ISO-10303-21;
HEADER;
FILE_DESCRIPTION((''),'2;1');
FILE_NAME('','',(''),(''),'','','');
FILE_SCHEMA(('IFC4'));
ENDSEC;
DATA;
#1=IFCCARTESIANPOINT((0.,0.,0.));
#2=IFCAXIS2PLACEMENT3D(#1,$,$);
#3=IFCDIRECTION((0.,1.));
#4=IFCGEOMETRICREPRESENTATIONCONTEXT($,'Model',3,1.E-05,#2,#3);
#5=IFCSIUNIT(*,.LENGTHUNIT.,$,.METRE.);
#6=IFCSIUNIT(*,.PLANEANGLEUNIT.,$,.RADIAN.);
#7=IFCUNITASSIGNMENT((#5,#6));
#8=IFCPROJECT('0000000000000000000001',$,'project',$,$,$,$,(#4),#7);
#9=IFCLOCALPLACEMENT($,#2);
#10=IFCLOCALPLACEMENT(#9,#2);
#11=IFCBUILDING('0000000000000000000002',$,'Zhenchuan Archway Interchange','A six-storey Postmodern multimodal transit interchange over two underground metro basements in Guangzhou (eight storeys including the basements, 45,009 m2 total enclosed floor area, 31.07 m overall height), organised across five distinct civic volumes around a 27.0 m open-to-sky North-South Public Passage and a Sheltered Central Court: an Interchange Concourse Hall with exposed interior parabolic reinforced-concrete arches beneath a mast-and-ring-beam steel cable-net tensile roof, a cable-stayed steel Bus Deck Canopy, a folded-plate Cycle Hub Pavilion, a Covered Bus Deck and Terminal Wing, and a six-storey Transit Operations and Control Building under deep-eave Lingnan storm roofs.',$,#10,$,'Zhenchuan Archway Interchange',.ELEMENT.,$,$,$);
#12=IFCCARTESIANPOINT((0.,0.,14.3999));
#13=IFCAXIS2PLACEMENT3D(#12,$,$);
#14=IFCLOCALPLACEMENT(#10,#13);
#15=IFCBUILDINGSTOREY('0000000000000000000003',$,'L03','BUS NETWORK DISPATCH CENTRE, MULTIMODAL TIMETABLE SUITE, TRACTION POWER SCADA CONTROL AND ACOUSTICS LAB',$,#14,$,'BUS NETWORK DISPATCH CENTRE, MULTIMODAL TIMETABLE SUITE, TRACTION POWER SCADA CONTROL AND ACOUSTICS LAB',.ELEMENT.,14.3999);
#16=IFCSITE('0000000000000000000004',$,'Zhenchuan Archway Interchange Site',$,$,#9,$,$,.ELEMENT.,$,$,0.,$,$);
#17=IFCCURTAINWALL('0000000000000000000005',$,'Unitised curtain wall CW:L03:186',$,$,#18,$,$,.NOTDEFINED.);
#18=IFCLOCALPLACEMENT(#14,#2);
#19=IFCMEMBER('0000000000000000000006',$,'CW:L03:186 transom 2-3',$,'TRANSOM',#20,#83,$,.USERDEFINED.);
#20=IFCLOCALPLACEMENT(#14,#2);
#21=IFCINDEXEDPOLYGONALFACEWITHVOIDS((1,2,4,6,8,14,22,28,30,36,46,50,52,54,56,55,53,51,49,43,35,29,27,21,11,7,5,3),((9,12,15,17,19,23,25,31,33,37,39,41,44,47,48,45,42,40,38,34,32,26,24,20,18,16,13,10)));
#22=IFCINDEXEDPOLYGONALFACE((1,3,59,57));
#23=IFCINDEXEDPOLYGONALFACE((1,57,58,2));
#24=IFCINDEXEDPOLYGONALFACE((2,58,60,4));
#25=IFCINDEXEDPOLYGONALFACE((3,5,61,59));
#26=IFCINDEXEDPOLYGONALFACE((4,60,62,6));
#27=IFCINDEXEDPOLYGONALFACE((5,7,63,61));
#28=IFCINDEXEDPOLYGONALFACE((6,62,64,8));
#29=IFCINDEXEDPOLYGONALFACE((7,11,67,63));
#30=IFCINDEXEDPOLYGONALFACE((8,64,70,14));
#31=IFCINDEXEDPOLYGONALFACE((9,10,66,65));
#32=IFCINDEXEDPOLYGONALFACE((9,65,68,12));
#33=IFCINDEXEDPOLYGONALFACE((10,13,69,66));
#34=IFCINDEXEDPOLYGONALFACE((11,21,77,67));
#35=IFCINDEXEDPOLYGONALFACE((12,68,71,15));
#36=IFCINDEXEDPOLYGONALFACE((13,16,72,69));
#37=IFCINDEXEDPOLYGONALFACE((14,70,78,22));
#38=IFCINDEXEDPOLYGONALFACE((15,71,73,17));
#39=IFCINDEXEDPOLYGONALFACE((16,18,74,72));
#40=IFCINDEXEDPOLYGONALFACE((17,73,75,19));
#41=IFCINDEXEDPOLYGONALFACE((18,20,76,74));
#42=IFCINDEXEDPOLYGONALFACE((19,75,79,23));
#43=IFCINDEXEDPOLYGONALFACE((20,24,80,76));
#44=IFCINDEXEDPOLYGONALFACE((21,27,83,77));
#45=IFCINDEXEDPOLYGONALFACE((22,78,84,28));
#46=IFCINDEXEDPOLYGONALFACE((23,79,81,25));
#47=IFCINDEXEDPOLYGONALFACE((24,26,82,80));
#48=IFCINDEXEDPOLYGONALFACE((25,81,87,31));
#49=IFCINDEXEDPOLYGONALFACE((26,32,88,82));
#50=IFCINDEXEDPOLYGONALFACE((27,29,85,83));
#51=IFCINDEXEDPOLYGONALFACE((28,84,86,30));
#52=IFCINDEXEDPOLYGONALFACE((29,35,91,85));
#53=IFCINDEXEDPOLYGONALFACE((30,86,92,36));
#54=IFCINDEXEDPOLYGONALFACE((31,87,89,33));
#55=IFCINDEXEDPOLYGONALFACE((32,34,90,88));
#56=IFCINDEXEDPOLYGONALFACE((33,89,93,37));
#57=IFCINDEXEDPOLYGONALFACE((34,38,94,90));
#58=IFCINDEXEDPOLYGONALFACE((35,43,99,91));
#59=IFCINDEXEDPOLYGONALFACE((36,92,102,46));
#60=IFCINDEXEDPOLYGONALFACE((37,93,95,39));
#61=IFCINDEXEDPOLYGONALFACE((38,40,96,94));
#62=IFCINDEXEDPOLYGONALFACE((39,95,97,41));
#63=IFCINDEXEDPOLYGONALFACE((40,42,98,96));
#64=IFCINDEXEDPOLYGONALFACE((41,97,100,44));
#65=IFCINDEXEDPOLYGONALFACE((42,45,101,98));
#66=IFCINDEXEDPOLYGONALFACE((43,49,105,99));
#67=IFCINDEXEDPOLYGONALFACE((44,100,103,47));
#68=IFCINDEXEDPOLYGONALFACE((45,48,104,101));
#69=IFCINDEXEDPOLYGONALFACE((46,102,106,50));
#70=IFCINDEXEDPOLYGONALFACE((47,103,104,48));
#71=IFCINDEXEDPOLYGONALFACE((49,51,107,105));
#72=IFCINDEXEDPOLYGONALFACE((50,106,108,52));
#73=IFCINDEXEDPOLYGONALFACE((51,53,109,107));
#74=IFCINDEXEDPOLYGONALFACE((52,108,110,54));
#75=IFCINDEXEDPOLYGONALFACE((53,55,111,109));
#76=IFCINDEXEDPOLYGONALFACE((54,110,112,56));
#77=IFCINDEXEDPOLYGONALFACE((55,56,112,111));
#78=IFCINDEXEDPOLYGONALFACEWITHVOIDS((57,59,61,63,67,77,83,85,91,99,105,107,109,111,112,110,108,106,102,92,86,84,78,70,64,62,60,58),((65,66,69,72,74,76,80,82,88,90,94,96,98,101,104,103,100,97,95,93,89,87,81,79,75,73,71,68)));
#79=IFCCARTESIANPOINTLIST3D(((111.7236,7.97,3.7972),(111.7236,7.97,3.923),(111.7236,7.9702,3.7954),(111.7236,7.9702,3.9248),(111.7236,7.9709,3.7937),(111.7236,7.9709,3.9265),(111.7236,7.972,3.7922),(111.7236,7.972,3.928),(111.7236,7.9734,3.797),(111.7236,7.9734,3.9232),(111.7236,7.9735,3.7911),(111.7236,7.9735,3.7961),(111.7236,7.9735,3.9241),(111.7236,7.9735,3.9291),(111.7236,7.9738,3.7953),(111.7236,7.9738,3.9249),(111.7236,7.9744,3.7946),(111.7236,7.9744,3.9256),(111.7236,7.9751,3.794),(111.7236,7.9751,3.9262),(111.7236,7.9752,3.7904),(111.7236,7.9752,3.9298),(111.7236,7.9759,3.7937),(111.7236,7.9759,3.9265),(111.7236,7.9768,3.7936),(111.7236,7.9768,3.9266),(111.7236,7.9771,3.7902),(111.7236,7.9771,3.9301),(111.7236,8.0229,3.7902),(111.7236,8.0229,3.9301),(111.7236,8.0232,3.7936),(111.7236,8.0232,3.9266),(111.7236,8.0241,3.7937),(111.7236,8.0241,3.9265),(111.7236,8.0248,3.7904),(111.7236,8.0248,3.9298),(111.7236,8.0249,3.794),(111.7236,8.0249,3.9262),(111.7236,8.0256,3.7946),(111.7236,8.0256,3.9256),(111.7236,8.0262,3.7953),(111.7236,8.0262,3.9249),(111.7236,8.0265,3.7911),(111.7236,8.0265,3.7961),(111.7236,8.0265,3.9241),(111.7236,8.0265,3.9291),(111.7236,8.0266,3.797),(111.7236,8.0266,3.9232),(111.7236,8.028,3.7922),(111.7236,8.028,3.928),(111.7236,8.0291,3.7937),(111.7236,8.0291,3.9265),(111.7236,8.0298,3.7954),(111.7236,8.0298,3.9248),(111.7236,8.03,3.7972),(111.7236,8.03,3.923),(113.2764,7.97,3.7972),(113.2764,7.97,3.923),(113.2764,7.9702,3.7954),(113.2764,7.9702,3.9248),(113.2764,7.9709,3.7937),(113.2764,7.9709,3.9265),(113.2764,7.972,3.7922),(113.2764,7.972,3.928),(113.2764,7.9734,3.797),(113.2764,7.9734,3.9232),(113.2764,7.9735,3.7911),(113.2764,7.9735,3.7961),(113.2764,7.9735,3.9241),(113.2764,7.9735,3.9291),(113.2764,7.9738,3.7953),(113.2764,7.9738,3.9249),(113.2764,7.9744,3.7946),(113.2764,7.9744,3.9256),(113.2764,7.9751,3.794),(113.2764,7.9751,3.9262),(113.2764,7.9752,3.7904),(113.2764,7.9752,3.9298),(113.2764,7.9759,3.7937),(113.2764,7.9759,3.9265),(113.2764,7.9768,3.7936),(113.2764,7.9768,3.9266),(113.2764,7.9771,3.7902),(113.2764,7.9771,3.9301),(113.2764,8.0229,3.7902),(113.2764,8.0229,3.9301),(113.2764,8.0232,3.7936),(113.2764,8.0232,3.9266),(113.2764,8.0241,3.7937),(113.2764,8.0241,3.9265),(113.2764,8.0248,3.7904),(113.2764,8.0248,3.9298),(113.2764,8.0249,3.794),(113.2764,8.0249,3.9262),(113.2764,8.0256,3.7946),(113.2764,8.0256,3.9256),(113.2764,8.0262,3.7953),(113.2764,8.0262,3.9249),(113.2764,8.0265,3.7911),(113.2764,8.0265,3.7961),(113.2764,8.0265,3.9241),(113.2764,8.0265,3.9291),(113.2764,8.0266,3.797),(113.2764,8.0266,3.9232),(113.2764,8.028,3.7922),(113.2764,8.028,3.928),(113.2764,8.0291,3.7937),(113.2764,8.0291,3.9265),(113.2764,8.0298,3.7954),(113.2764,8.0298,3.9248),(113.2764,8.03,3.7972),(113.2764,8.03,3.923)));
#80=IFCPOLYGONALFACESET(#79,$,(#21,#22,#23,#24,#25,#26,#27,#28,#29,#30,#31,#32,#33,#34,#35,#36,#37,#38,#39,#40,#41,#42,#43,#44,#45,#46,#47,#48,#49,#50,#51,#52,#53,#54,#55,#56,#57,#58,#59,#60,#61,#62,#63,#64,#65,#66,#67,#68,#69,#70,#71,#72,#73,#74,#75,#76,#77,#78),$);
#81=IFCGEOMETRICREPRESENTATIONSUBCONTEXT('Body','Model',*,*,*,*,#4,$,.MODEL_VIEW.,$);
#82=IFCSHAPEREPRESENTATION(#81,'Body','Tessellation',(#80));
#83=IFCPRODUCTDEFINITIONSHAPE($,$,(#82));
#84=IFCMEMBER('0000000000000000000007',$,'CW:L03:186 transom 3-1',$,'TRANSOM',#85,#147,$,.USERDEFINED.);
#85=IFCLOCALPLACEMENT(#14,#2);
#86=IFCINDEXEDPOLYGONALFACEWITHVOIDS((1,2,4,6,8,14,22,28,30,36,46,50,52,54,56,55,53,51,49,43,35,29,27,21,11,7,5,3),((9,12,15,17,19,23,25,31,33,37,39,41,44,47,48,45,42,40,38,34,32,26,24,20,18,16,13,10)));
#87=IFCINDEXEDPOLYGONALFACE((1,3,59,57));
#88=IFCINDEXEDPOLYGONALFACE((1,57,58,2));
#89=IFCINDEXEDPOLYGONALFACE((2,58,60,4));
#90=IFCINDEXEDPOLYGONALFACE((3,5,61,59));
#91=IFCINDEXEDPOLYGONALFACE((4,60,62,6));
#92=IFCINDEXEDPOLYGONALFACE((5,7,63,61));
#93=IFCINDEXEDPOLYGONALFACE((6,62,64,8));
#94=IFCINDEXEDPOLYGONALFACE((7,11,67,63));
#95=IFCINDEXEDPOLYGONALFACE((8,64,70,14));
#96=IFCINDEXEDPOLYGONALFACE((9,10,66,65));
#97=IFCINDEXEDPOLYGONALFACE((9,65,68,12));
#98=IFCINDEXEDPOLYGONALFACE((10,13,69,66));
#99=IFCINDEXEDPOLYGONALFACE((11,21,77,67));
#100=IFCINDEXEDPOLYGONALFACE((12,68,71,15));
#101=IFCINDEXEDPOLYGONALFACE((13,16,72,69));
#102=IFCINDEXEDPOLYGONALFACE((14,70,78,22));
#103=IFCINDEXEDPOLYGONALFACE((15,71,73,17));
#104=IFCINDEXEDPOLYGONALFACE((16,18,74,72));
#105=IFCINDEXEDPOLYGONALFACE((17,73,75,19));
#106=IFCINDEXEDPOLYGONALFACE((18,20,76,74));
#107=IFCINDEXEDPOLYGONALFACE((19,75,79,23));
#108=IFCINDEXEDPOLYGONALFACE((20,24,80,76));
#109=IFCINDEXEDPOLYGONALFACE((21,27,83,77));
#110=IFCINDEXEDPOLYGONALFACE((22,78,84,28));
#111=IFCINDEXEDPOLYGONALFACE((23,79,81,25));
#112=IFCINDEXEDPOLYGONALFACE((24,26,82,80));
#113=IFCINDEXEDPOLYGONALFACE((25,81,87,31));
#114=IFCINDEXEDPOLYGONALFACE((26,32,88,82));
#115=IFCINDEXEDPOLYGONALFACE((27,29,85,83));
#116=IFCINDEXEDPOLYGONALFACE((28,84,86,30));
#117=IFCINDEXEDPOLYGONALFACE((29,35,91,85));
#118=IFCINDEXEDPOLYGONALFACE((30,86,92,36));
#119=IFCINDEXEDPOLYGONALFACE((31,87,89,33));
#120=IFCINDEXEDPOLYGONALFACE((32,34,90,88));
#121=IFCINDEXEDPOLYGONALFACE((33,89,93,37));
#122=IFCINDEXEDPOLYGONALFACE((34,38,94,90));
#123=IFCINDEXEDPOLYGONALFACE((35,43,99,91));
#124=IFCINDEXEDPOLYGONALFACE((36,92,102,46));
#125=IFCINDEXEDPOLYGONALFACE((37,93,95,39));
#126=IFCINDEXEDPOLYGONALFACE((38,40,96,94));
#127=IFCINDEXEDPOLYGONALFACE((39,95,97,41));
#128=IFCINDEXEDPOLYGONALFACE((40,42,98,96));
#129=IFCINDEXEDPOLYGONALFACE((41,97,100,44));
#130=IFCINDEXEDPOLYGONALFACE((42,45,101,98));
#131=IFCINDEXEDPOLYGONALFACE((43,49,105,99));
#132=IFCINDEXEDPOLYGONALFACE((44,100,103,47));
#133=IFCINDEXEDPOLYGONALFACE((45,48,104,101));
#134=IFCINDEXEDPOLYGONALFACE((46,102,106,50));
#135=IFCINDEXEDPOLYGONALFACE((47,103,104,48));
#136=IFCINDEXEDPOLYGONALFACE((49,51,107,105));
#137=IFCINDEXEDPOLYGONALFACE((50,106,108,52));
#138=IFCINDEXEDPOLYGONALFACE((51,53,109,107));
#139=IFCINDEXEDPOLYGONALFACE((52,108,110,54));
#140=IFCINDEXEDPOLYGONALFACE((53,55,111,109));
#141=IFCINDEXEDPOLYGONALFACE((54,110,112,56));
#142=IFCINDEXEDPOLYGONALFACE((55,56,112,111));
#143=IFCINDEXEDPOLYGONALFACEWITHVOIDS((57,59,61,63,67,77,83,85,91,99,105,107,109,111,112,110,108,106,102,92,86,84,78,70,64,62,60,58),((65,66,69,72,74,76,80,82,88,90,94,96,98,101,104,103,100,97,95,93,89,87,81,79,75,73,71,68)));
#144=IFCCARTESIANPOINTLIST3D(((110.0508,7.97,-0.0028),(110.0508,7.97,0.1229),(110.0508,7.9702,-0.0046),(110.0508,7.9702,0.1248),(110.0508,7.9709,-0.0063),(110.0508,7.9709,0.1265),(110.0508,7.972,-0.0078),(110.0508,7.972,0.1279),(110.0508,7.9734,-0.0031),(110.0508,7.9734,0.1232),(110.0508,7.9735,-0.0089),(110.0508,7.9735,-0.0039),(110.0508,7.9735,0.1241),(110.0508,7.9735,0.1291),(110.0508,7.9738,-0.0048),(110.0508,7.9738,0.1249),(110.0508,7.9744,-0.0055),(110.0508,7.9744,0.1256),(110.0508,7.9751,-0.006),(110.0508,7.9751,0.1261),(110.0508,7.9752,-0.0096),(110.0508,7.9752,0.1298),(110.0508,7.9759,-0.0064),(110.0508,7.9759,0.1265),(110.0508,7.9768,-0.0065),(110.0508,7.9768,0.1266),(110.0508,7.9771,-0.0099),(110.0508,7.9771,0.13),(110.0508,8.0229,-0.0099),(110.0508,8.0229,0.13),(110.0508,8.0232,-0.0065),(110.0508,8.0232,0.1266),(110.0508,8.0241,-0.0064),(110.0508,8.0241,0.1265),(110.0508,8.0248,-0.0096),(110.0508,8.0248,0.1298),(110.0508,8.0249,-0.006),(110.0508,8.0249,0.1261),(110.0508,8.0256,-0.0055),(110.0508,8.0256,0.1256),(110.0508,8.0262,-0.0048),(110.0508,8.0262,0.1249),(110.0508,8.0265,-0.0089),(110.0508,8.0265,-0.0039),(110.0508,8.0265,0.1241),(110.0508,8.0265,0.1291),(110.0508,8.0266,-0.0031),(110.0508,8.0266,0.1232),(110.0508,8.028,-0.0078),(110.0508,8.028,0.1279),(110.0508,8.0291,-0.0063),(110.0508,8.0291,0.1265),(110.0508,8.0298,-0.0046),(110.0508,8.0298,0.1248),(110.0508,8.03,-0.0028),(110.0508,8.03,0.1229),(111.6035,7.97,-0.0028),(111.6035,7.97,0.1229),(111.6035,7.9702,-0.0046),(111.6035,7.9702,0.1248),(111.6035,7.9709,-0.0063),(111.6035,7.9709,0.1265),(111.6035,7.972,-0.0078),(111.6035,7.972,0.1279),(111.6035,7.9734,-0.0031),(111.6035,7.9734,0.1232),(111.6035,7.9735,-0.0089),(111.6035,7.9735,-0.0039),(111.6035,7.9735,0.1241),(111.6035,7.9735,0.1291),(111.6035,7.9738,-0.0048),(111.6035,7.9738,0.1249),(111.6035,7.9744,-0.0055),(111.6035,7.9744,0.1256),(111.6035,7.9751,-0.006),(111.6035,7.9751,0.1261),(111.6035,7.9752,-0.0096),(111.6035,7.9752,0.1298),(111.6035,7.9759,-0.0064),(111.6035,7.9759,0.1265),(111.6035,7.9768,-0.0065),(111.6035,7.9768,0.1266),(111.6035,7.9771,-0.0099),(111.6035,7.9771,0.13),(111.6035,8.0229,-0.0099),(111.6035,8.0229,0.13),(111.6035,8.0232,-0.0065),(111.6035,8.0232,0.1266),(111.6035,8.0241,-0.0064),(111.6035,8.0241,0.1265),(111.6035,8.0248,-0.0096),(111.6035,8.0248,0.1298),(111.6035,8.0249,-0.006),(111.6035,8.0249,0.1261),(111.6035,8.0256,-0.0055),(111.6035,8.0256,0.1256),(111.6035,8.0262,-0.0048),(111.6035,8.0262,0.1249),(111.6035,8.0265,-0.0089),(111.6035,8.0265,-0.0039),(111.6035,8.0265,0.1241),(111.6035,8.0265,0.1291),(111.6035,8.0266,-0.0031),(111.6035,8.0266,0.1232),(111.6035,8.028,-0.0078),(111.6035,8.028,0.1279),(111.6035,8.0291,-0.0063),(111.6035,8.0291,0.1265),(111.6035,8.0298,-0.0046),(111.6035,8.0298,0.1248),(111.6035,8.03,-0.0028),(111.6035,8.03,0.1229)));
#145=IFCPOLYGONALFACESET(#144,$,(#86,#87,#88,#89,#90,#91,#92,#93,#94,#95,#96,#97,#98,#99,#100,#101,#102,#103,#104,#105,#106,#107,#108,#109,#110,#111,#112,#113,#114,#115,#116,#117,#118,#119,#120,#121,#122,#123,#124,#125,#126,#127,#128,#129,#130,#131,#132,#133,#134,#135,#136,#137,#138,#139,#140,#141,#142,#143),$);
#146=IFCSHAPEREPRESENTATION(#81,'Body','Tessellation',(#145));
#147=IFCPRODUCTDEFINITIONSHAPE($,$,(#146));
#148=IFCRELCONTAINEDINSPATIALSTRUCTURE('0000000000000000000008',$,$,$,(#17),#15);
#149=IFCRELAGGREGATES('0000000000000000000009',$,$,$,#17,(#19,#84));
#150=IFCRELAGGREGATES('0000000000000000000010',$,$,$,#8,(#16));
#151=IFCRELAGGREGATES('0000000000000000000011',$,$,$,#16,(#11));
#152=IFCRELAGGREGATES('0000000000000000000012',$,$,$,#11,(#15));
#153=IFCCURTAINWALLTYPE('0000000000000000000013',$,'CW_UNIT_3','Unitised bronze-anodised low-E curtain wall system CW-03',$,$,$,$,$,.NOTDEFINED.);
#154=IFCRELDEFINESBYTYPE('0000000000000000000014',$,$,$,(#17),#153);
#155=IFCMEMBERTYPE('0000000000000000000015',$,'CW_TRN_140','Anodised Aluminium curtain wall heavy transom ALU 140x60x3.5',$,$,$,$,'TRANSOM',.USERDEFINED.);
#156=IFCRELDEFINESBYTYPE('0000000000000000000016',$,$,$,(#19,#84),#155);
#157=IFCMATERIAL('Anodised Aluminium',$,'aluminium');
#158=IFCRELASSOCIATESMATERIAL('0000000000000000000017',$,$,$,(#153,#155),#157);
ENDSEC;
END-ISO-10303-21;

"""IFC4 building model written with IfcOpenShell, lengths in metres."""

from ifc_helpers import new_model, si_unit, direction, frame, origin, origin_2d, place, context, subcontext, project, spatial, hollow_rectangle, extrude, material, material_profile, profile_set, type_object, element, aggregate, save


model = new_model("IFC4")

# Units and contexts
model_context = context("Model", 3, precision=1e-05, world=origin(), true_north=direction((0.0, 1.0)))
body_context = subcontext(model_context, "Body", "Model", "MODEL_VIEW")
ifc_project = project(units=[si_unit("LENGTHUNIT", "METRE"), si_unit("PLANEANGLEUNIT", "RADIAN")], contexts=[model_context])

# Site, building, storey
site_placement = place(None, origin())
site = spatial("IfcSite", under=ifc_project, at=site_placement, Name="Zhenchuan Archway Interchange Site", CompositionType="ELEMENT", RefElevation=0.0)
building_placement = place(site_placement, origin())
building = spatial("IfcBuilding", under=site, at=building_placement, Name="Zhenchuan Archway Interchange", Description="A six-storey Postmodern multimodal transit interchange over two underground metro basements in Guangzhou (eight storeys including the basements, 45,009 m2 total enclosed floor area, 31.07 m overall height), organised across five distinct civic volumes around a 27.0 m open-to-sky North-South Public Passage and a Sheltered Central Court: an Interchange Concourse Hall with exposed interior parabolic reinforced-concrete arches beneath a mast-and-ring-beam steel cable-net tensile roof, a cable-stayed steel Bus Deck Canopy, a folded-plate Cycle Hub Pavilion, a Covered Bus Deck and Terminal Wing, and a six-storey Transit Operations and Control Building under deep-eave Lingnan storm roofs.", LongName="Zhenchuan Archway Interchange", CompositionType="ELEMENT")
storey_placement = place(building_placement, frame((0.0, 0.0, 14.3999)))
storey = spatial("IfcBuildingStorey", under=building, at=storey_placement, Name="L03", Description="BUS NETWORK DISPATCH CENTRE, MULTIMODAL TIMETABLE SUITE, TRACTION POWER SCADA CONTROL AND ACOUSTICS LAB", LongName="BUS NETWORK DISPATCH CENTRE, MULTIMODAL TIMETABLE SUITE, TRACTION POWER SCADA CONTROL AND ACOUSTICS LAB", CompositionType="ELEMENT", Elevation=14.3999)

# Curtain wall, members
ifc_material_1 = material(Name="Anodised Aluminium", Category="aluminium")
curtain_wall_type = type_object("IfcCurtainWallType", Name="CW_UNIT_3", Description="Unitised bronze-anodised low-E curtain wall system CW-03", PredefinedType="NOTDEFINED", material=ifc_material_1)
curtain_wall_placement = place(storey_placement, origin())
curtain_wall = element("IfcCurtainWall", 1, at=curtain_wall_placement, inside=storey, type_object=curtain_wall_type, Name="Unitised curtain wall CW:L03:186", PredefinedType="NOTDEFINED")
ifc_material_profile_1 = material_profile(ifc_material_1, hollow_rectangle(XDim=0.0601, YDim=0.1399, WallThickness=0.0034, InnerFilletRadius=0.0034, OuterFilletRadius=0.0071, at=origin_2d()), Name="ALU 140x60x3.5")
ifc_profile_set_1 = profile_set([ifc_material_profile_1], Name="Anodised Aluminium")
member_type_1 = type_object("IfcMemberType", Name="CW_TRN_140", Description="Anodised Aluminium curtain wall heavy transom ALU 140x60x3.5", ElementType="TRANSOM", PredefinedType="USERDEFINED", material=ifc_profile_set_1)
member_1_placement = place(storey_placement, frame((113.2764, 8.0, 3.8601), z_axis=(-1.0, 0.0, 0.0), x_axis=(0.0, -1.0, 0.0)))
member_1 = element("IfcMember", 2, at=member_1_placement, type_object=member_type_1, Name="CW:L03:186 transom 2-3", ObjectType="TRANSOM", PredefinedType="USERDEFINED", context=body_context, shape_type="SweptSolid", body=[
    extrude(hollow_rectangle(XDim=0.0601, YDim=0.1399, WallThickness=0.0034, InnerFilletRadius=0.0034, OuterFilletRadius=0.0071, at=origin_2d()), origin(), (0.0, 0.0, 1.0), 1.5527),
])
member_2_placement = place(storey_placement, frame((111.6035, 8.0, 0.0601), z_axis=(-1.0, 0.0, 0.0), x_axis=(0.0, -1.0, 0.0)))
member_2 = element("IfcMember", 3, at=member_2_placement, type_object=member_type_1, Name="CW:L03:186 transom 3-1", ObjectType="TRANSOM", PredefinedType="USERDEFINED", context=body_context, shape_type="SweptSolid", body=[
    extrude(hollow_rectangle(XDim=0.0601, YDim=0.1399, WallThickness=0.0034, InnerFilletRadius=0.0034, OuterFilletRadius=0.0071, at=origin_2d()), origin(), (0.0, 0.0, 1.0), 1.5527),
])

aggregate(curtain_wall, [member_1, member_2])

save(model, "model.ifc")
